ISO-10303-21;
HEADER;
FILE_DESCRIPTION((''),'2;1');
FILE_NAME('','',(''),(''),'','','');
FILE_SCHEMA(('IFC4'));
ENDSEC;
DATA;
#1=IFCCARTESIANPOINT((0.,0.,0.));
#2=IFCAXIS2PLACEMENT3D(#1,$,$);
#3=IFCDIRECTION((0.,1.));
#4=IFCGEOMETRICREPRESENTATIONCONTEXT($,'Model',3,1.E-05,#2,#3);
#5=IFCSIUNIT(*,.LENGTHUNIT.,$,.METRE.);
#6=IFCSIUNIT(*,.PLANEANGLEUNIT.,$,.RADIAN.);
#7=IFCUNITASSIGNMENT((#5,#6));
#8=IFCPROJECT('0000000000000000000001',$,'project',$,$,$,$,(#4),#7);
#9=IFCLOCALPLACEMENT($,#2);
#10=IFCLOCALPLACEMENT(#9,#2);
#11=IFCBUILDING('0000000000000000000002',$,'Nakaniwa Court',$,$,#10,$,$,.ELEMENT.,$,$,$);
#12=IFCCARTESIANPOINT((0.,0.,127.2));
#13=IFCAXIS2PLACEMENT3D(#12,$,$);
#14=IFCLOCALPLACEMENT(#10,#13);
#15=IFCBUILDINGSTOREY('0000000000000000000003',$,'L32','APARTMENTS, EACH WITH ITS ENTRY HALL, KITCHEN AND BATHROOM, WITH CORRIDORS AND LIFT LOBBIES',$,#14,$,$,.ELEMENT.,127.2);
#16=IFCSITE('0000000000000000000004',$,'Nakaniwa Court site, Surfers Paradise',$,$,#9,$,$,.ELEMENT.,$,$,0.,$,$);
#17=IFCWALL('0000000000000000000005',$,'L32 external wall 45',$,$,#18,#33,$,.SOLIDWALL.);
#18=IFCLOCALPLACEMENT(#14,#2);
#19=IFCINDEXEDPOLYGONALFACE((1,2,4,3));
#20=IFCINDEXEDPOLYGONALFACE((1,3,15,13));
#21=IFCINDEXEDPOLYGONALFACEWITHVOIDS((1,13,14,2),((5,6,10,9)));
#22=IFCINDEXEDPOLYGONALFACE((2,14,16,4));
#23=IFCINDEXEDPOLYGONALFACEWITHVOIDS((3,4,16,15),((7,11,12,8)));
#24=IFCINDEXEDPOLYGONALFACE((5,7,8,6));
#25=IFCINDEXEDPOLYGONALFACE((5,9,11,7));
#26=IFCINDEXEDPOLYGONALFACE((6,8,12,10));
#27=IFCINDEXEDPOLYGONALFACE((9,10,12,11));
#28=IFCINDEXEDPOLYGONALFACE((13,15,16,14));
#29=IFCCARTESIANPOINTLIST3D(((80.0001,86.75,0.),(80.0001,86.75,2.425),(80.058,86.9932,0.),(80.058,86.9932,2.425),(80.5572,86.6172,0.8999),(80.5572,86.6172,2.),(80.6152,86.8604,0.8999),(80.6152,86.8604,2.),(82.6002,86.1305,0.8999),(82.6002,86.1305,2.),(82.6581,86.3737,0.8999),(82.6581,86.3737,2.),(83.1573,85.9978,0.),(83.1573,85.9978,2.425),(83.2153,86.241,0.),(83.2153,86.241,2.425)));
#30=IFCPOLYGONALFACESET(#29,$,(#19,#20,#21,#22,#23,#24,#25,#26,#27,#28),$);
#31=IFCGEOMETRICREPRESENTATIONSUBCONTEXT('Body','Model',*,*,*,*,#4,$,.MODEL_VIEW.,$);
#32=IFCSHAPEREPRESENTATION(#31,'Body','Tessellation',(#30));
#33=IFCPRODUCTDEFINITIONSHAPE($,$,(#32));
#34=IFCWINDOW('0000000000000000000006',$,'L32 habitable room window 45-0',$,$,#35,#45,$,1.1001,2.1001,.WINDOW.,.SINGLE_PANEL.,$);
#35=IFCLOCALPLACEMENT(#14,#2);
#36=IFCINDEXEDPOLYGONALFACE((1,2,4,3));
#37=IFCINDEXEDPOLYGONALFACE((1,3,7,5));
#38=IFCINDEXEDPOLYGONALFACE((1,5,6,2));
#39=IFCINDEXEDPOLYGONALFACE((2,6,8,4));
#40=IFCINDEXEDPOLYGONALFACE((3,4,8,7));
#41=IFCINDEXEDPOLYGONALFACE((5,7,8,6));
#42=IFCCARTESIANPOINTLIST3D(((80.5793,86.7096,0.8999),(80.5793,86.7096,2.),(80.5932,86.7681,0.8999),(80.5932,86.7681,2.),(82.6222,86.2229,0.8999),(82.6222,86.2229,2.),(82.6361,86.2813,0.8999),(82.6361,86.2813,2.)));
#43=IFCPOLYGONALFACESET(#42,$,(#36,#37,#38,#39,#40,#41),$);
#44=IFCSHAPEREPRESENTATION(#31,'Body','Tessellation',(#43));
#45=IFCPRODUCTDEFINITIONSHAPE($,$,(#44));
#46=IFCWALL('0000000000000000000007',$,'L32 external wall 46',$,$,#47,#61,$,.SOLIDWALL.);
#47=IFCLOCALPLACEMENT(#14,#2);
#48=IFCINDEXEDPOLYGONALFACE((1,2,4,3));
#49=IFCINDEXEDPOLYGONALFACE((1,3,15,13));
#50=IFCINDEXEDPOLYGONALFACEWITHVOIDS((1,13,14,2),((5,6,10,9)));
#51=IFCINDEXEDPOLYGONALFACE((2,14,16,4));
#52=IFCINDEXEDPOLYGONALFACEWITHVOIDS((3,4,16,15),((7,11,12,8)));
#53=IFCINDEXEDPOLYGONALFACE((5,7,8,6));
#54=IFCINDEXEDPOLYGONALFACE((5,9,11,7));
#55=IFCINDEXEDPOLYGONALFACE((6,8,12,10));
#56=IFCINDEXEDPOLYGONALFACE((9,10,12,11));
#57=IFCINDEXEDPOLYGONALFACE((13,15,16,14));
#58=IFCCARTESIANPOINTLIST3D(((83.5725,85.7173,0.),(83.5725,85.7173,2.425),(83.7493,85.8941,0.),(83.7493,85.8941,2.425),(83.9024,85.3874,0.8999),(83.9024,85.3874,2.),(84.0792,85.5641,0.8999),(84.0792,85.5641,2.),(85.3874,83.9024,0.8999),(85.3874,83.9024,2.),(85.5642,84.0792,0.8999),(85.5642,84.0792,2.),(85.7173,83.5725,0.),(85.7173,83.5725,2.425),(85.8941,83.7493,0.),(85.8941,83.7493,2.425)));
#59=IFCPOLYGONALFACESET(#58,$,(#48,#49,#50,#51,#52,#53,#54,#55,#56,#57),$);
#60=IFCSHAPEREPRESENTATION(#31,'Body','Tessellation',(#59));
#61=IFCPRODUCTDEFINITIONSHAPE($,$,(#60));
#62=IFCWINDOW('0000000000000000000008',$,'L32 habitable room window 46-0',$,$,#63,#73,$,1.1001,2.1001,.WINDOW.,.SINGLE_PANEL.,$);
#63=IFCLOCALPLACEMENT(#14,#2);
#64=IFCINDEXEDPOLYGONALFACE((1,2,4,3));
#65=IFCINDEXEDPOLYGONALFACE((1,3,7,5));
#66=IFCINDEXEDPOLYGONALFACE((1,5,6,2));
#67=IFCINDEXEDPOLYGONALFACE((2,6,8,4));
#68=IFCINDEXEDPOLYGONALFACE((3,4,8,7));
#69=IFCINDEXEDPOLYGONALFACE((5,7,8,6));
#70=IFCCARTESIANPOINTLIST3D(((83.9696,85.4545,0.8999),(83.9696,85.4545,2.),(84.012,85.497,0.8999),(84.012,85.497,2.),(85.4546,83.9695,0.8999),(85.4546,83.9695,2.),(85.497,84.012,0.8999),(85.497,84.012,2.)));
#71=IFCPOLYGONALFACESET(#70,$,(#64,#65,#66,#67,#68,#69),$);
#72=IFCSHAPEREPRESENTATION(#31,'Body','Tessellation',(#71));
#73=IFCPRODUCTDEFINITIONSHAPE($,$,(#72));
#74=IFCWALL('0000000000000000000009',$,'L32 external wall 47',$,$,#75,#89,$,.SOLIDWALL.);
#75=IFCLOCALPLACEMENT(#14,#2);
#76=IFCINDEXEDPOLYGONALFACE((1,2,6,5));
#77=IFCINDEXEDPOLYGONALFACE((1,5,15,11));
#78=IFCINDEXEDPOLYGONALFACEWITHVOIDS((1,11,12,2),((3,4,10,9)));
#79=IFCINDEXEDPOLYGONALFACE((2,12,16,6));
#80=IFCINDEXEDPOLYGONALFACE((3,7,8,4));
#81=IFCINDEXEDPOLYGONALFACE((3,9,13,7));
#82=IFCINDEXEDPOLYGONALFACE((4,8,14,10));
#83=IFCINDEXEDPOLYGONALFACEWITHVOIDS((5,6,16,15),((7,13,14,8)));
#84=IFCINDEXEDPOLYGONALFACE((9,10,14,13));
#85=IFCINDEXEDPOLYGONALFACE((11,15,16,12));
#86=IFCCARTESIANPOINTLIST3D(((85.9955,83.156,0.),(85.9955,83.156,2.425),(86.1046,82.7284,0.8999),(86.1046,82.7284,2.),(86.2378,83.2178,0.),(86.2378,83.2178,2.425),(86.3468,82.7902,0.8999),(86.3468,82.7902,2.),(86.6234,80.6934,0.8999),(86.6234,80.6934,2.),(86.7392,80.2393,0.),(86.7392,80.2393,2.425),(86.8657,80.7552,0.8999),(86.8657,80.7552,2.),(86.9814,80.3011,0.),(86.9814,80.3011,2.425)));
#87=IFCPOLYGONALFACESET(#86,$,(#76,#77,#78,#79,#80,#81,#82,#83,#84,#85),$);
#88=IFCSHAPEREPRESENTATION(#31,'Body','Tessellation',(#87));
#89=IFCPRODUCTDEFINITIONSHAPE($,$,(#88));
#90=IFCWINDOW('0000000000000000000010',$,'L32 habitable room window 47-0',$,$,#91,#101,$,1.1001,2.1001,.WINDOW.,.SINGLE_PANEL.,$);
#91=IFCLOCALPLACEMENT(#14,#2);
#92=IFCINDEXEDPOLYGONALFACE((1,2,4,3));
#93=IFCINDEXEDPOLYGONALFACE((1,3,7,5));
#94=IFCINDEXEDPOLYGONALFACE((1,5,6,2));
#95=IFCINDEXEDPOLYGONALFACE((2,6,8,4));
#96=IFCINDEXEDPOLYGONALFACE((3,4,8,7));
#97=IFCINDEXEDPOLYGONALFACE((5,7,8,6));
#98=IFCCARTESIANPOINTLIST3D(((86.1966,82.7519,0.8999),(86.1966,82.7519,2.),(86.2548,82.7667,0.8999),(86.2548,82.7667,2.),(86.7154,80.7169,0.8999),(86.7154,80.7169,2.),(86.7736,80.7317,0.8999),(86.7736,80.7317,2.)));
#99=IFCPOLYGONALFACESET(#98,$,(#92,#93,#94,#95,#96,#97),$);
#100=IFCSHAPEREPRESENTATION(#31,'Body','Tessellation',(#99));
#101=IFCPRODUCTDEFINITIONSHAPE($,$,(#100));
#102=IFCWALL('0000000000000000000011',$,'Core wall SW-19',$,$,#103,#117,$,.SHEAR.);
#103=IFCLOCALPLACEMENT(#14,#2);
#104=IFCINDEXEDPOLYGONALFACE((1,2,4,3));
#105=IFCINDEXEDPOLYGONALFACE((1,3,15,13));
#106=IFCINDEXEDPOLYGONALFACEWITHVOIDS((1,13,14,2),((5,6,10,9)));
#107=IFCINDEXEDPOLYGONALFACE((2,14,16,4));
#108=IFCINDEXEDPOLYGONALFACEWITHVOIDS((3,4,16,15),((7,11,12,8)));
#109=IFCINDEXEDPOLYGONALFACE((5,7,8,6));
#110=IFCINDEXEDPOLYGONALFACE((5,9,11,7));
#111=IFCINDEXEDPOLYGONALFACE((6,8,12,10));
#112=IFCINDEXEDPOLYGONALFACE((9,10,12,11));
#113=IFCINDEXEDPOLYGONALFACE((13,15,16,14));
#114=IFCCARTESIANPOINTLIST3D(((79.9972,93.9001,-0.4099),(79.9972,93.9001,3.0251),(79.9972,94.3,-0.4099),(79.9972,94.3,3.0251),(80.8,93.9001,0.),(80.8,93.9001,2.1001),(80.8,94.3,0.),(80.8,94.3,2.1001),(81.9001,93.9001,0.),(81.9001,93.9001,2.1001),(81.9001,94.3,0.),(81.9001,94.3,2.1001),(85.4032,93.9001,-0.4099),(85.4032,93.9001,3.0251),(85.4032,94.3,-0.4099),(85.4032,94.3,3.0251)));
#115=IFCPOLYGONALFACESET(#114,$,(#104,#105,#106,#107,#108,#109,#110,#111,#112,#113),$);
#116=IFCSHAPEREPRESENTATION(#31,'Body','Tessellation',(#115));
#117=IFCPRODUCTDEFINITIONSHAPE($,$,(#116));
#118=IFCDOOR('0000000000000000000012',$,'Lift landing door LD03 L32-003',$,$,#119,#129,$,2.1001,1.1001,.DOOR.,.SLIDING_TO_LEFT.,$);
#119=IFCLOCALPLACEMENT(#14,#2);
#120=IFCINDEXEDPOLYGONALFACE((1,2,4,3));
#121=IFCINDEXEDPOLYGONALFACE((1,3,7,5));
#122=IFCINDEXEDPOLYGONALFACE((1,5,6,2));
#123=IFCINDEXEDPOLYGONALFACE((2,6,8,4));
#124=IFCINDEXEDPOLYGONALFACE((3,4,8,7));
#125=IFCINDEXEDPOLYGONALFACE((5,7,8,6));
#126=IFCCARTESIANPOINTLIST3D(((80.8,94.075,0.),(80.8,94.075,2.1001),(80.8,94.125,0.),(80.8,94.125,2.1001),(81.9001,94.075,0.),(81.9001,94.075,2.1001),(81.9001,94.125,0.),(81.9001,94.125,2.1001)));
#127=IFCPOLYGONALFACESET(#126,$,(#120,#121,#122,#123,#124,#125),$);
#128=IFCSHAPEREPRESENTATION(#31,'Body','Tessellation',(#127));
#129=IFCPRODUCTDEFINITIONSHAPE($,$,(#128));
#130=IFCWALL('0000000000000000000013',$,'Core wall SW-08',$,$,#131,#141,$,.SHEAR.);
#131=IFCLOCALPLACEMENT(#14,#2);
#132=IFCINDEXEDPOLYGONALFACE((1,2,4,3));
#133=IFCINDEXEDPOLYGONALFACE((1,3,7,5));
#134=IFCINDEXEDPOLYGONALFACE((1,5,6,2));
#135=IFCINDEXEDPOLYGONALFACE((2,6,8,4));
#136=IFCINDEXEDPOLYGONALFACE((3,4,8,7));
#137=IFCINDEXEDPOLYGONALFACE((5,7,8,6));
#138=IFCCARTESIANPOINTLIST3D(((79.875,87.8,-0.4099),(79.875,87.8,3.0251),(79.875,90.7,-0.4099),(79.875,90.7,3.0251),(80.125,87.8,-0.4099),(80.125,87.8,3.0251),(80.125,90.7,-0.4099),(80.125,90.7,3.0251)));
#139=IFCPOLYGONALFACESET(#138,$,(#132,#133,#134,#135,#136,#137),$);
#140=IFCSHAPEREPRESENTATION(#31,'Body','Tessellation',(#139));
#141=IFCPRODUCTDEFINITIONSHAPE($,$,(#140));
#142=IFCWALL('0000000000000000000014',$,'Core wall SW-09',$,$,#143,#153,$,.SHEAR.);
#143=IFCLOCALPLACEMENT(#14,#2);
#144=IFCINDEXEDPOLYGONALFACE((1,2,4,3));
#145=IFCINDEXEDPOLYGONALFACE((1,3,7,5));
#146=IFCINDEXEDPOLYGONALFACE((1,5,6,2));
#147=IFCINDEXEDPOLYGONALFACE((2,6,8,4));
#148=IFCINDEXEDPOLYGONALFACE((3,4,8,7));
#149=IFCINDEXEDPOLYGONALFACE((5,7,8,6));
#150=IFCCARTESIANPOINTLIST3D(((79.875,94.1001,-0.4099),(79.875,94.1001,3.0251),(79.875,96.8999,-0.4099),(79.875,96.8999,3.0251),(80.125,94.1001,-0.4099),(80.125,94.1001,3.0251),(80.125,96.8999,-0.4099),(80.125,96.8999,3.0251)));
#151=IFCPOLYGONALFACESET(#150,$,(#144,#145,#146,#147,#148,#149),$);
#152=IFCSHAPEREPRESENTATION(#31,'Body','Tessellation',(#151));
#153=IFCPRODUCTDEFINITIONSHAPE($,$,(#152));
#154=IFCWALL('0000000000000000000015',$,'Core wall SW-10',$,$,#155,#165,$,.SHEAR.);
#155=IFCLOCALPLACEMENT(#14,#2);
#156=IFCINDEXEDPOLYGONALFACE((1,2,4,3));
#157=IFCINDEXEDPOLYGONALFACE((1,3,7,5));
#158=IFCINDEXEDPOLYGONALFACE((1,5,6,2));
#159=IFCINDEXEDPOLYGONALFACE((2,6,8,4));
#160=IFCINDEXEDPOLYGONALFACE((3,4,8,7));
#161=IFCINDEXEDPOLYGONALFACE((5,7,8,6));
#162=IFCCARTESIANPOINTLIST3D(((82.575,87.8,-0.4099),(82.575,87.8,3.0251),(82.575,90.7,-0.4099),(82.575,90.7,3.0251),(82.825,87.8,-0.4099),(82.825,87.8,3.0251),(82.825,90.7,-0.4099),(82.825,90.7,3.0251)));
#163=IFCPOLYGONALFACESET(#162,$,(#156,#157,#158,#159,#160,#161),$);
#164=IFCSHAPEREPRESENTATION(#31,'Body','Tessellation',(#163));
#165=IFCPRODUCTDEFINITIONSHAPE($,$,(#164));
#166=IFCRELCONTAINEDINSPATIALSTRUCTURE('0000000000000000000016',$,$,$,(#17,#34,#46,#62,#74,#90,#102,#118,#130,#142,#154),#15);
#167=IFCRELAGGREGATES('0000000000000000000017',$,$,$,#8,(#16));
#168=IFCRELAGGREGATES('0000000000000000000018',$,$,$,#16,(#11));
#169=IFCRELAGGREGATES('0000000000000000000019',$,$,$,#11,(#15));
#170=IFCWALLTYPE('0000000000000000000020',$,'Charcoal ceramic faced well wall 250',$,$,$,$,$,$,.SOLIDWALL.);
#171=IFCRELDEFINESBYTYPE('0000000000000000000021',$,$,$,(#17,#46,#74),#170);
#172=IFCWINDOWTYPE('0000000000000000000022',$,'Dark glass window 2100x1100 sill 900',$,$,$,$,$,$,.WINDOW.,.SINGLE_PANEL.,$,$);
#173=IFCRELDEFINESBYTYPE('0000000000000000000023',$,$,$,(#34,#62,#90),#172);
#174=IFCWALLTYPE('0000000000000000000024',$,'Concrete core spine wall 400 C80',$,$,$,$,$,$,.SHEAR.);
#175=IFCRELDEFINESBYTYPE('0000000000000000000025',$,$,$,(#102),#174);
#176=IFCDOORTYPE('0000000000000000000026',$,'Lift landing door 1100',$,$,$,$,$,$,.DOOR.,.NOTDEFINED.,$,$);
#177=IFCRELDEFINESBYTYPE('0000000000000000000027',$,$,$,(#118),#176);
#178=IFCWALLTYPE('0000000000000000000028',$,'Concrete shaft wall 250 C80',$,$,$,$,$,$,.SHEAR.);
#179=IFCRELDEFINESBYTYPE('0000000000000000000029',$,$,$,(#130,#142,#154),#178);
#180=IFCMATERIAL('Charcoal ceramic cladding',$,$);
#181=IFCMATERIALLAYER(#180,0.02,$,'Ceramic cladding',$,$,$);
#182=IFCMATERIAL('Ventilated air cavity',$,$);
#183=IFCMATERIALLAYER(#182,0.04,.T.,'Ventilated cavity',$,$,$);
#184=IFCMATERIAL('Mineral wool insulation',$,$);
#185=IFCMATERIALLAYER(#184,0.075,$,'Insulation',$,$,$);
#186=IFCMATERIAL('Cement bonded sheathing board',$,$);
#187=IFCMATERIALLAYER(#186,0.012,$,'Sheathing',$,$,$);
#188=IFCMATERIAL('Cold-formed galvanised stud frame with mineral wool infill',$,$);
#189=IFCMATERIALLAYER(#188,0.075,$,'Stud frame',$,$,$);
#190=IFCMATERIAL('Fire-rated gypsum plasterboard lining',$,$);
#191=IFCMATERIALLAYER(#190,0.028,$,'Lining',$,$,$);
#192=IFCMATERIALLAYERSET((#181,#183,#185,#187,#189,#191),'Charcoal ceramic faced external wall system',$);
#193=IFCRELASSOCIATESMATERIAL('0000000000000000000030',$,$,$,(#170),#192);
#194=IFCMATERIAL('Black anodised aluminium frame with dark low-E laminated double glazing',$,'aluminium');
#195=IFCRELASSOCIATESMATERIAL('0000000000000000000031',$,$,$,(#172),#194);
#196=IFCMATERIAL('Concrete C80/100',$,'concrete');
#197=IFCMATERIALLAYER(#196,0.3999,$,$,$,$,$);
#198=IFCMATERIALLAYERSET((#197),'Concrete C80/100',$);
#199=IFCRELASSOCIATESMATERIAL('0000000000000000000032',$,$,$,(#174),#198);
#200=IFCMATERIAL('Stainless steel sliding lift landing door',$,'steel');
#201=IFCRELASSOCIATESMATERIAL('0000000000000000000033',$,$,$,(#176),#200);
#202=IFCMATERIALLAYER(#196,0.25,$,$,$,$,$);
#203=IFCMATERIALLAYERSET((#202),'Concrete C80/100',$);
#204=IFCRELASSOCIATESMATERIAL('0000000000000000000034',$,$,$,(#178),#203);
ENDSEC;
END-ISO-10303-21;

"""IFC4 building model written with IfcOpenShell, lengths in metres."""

from ifc_helpers import new_model, si_unit, direction, frame, frame_2d, origin, place, context, subcontext, project, spatial, rectangle, extrude, material, layer, layer_set, type_object, element, fill, save


model = new_model("IFC4")

# Units and contexts
model_context = context("Model", 3, precision=1e-05, world=origin(), true_north=direction((0.0, 1.0)))
body_context = subcontext(model_context, "Body", "Model", "MODEL_VIEW")
ifc_project = project(units=[si_unit("LENGTHUNIT", "METRE"), si_unit("PLANEANGLEUNIT", "RADIAN")], contexts=[model_context])

# Site, building, storey
site_placement = place(None, origin())
site = spatial("IfcSite", under=ifc_project, at=site_placement, Name="Nakaniwa Court site, Surfers Paradise", CompositionType="ELEMENT", RefElevation=0.0)
building_placement = place(site_placement, origin())
building = spatial("IfcBuilding", under=site, at=building_placement, Name="Nakaniwa Court", CompositionType="ELEMENT")
storey_placement = place(building_placement, frame((0.0, 0.0, 127.2)))
storey = spatial("IfcBuildingStorey", under=building, at=storey_placement, Name="L32", Description="APARTMENTS, EACH WITH ITS ENTRY HALL, KITCHEN AND BATHROOM, WITH CORRIDORS AND LIFT LOBBIES", CompositionType="ELEMENT", Elevation=127.2)

# Shared definitions
ifc_material_1 = material(Name="Concrete C80/100", Category="concrete")

# Walls, openings, windows
ifc_material_2 = material(Name="Charcoal ceramic cladding")
ifc_layer_1 = layer(ifc_material_2, 0.02, Name="Ceramic cladding")
ifc_material_3 = material(Name="Ventilated air cavity")
ifc_layer_2 = layer(ifc_material_3, 0.04, ventilated=True, Name="Ventilated cavity")
ifc_material_4 = material(Name="Mineral wool insulation")
ifc_layer_3 = layer(ifc_material_4, 0.075, Name="Insulation")
ifc_material_5 = material(Name="Cement bonded sheathing board")
ifc_layer_4 = layer(ifc_material_5, 0.012, Name="Sheathing")
ifc_material_6 = material(Name="Cold-formed galvanised stud frame with mineral wool infill")
ifc_layer_5 = layer(ifc_material_6, 0.075, Name="Stud frame")
ifc_material_7 = material(Name="Fire-rated gypsum plasterboard lining")
ifc_layer_6 = layer(ifc_material_7, 0.028, Name="Lining")
ifc_layer_set_1 = layer_set([ifc_layer_1, ifc_layer_2, ifc_layer_3, ifc_layer_4, ifc_layer_5, ifc_layer_6], Name="Charcoal ceramic faced external wall system")
wall_type_1 = type_object("IfcWallType", Name="Charcoal ceramic faced well wall 250", PredefinedType="SOLIDWALL", material=ifc_layer_set_1)
wall_1_placement = place(storey_placement, frame((80.0291, 86.8716, 0.0), z_axis=(0.0, 0.0, 1.0), x_axis=(0.972773, -0.23176, 0.0)))
wall_1 = element("IfcWall", 1, at=wall_1_placement, inside=storey, type_object=wall_type_1, Name="L32 external wall 45", PredefinedType="SOLIDWALL", context=body_context, shape_type="SweptSolid", body=[
    extrude(rectangle(XDim=3.2456, YDim=0.25, at=frame_2d((1.6228, 0.0))), origin(), (0.0, 0.0, 1.0), 2.425),
])
opening_1_placement = place(wall_1_placement, frame((0.5728, 0.0, 0.8999)))
opening_1 = element("IfcOpeningElement", 2, at=opening_1_placement, cuts=wall_1, PredefinedType="OPENING", context=body_context, shape_type="SweptSolid", body=[
    extrude(rectangle(XDim=2.1001, YDim=1.1001, at=frame_2d((1.05, 0.55))), frame((0.0, 0.135, 0.0), z_axis=(0.0, -1.0, 0.0), x_axis=(1.0, 0.0, 0.0)), (0.0, 0.0, 1.0), 0.27),
])
ifc_material_8 = material(Name="Black anodised aluminium frame with dark low-E laminated double glazing", Category="aluminium")
window_type = type_object("IfcWindowType", Name="Dark glass window 2100x1100 sill 900", PartitioningType="SINGLE_PANEL", PredefinedType="WINDOW", material=ifc_material_8)
window_1_placement = place(opening_1_placement, origin())
window_1 = element("IfcWindow", 3, at=window_1_placement, inside=storey, type_object=window_type, Name="L32 habitable room window 45-0", OverallHeight=1.1001, OverallWidth=2.1001, PartitioningType="SINGLE_PANEL", PredefinedType="WINDOW", context=body_context, shape_type="SweptSolid", body=[
    extrude(rectangle(XDim=2.1001, YDim=1.1001, at=frame_2d((1.05, 0.55))), frame((0.0, 0.03, 0.0), z_axis=(0.0, -1.0, 0.0), x_axis=(1.0, 0.0, 0.0)), (0.0, 0.0, 1.0), 0.0601),
])
fill(opening_1, window_1)
wall_2_placement = place(storey_placement, frame((83.6609, 85.8057, 0.0), z_axis=(0.0, 0.0, 1.0), x_axis=(0.707107, -0.707107, 0.0)))
wall_2 = element("IfcWall", 4, at=wall_2_placement, inside=storey, type_object=wall_type_1, Name="L32 external wall 46", PredefinedType="SOLIDWALL", context=body_context, shape_type="SweptSolid", body=[
    extrude(rectangle(XDim=3.0332, YDim=0.25, at=frame_2d((1.5166, 0.0))), origin(), (0.0, 0.0, 1.0), 2.425),
])
opening_2_placement = place(wall_2_placement, frame((0.4666, 0.0, 0.8999)))
opening_2 = element("IfcOpeningElement", 5, at=opening_2_placement, cuts=wall_2, PredefinedType="OPENING", context=body_context, shape_type="SweptSolid", body=[
    extrude(rectangle(XDim=2.1001, YDim=1.1001, at=frame_2d((1.05, 0.55))), frame((0.0, 0.135, 0.0), z_axis=(0.0, -1.0, 0.0), x_axis=(1.0, 0.0, 0.0)), (0.0, 0.0, 1.0), 0.27),
])
window_2_placement = place(opening_2_placement, origin())
window_2 = element("IfcWindow", 6, at=window_2_placement, inside=storey, type_object=window_type, Name="L32 habitable room window 46-0", OverallHeight=1.1001, OverallWidth=2.1001, PartitioningType="SINGLE_PANEL", PredefinedType="WINDOW", context=body_context, shape_type="SweptSolid", body=[
    extrude(rectangle(XDim=2.1001, YDim=1.1001, at=frame_2d((1.05, 0.55))), frame((0.0, 0.03, 0.0), z_axis=(0.0, -1.0, 0.0), x_axis=(1.0, 0.0, 0.0)), (0.0, 0.0, 1.0), 0.0601),
])
fill(opening_2, window_2)
wall_3_placement = place(storey_placement, frame((86.1167, 83.1868, 0.0), z_axis=(0.0, 0.0, 1.0), x_axis=(0.247056, -0.969001, 0.0)))
wall_3 = element("IfcWall", 7, at=wall_3_placement, inside=storey, type_object=wall_type_1, Name="L32 external wall 47", PredefinedType="SOLIDWALL", context=body_context, shape_type="SweptSolid", body=[
    extrude(rectangle(XDim=3.01, YDim=0.25, at=frame_2d((1.5049, 0.0))), origin(), (0.0, 0.0, 1.0), 2.425),
])
opening_3_placement = place(wall_3_placement, frame((0.4412, 0.0, 0.8999)))
opening_3 = element("IfcOpeningElement", 8, at=opening_3_placement, cuts=wall_3, PredefinedType="OPENING", context=body_context, shape_type="SweptSolid", body=[
    extrude(rectangle(XDim=2.1001, YDim=1.1001, at=frame_2d((1.05, 0.55))), frame((0.0, 0.135, 0.0), z_axis=(0.0, -1.0, 0.0), x_axis=(1.0, 0.0, 0.0)), (0.0, 0.0, 1.0), 0.27),
])
window_3_placement = place(opening_3_placement, origin())
window_3 = element("IfcWindow", 9, at=window_3_placement, inside=storey, type_object=window_type, Name="L32 habitable room window 47-0", OverallHeight=1.1001, OverallWidth=2.1001, PartitioningType="SINGLE_PANEL", PredefinedType="WINDOW", context=body_context, shape_type="SweptSolid", body=[
    extrude(rectangle(XDim=2.1001, YDim=1.1001, at=frame_2d((1.05, 0.55))), frame((0.0, 0.03, 0.0), z_axis=(0.0, -1.0, 0.0), x_axis=(1.0, 0.0, 0.0)), (0.0, 0.0, 1.0), 0.0601),
])
fill(opening_3, window_3)

# Wall, opening, door
ifc_layer_7 = layer(ifc_material_1, 0.3999)
ifc_layer_set_2 = layer_set([ifc_layer_7], Name="Concrete C80/100")
wall_type_2 = type_object("IfcWallType", Name="Concrete core spine wall 400 C80", PredefinedType="SHEAR", material=ifc_layer_set_2)
wall_4_placement = place(storey_placement, frame((79.9971, 94.1001, -0.4099), z_axis=(0.0, 0.0, 1.0), x_axis=(1.0, 0.0, 0.0)))
wall_4 = element("IfcWall", 10, at=wall_4_placement, inside=storey, type_object=wall_type_2, Name="Core wall SW-19", PredefinedType="SHEAR", context=body_context, shape_type="SweptSolid", body=[
    extrude(rectangle(XDim=5.406, YDim=0.3999, at=frame_2d((2.7031, 0.0))), origin(), (0.0, 0.0, 1.0), 3.4351),
])
opening_4_placement = place(wall_4_placement, frame((0.803, 0.0, 0.4099)))
opening_4 = element("IfcOpeningElement", 11, at=opening_4_placement, cuts=wall_4, PredefinedType="OPENING", context=body_context, shape_type="SweptSolid", body=[
    extrude(rectangle(XDim=1.1001, YDim=2.1001, at=frame_2d((0.55, 1.05))), frame((0.0, 0.21, 0.0), z_axis=(0.0, -1.0, 0.0), x_axis=(1.0, 0.0, 0.0)), (0.0, 0.0, 1.0), 0.4199),
])
ifc_material_9 = material(Name="Stainless steel sliding lift landing door", Category="steel")
door_type = type_object("IfcDoorType", Name="Lift landing door 1100", OperationType="NOTDEFINED", PredefinedType="DOOR", material=ifc_material_9)
door_placement = place(opening_4_placement, origin())
door = element("IfcDoor", 12, at=door_placement, inside=storey, type_object=door_type, Name="Lift landing door LD03 L32-003", OperationType="SLIDING_TO_LEFT", OverallHeight=2.1001, OverallWidth=1.1001, PredefinedType="DOOR", context=body_context, shape_type="SweptSolid", body=[
    extrude(rectangle(XDim=1.1001, YDim=2.1001, at=frame_2d((0.55, 1.05))), frame((0.0, 0.0249, 0.0), z_axis=(0.0, -1.0, 0.0), x_axis=(1.0, 0.0, 0.0)), (0.0, 0.0, 1.0), 0.05),
])
fill(opening_4, door)

# Walls
ifc_layer_8 = layer(ifc_material_1, 0.25)
ifc_layer_set_3 = layer_set([ifc_layer_8], Name="Concrete C80/100")
wall_type_3 = type_object("IfcWallType", Name="Concrete shaft wall 250 C80", PredefinedType="SHEAR", material=ifc_layer_set_3)
wall_5_placement = place(storey_placement, frame((80.0, 87.8, -0.4099), z_axis=(0.0, 0.0, 1.0), x_axis=(0.0, 1.0, 0.0)))
element("IfcWall", 13, at=wall_5_placement, inside=storey, type_object=wall_type_3, Name="Core wall SW-08", PredefinedType="SHEAR", context=body_context, shape_type="SweptSolid", body=[
    extrude(rectangle(XDim=2.8999, YDim=0.25, at=frame_2d((1.45, 0.0))), origin(), (0.0, 0.0, 1.0), 3.4351),
])
wall_6_placement = place(storey_placement, frame((80.0, 94.1001, -0.4099), z_axis=(0.0, 0.0, 1.0), x_axis=(0.0, 1.0, 0.0)))
element("IfcWall", 14, at=wall_6_placement, inside=storey, type_object=wall_type_3, Name="Core wall SW-09", PredefinedType="SHEAR", context=body_context, shape_type="SweptSolid", body=[
    extrude(rectangle(XDim=2.7998, YDim=0.25, at=frame_2d((1.3999, 0.0))), origin(), (0.0, 0.0, 1.0), 3.4351),
])
for number, where, z_axis, x_axis, name in (
    (15, (82.7, 87.8, -0.4099), (0.0, 0.0, 1.0), (0.0, 1.0, 0.0), "Core wall SW-10"),
):
    element("IfcWall", number, at=place(storey_placement, frame(where, z_axis=z_axis, x_axis=x_axis)), inside=storey, type_object=wall_type_3, Name=name, PredefinedType="SHEAR", context=body_context, shape_type="SweptSolid", body=[
        extrude(rectangle(XDim=2.8999, YDim=0.25, at=frame_2d((1.45, 0.0))), origin(), (0.0, 0.0, 1.0), 3.4351),
    ])

save(model, "model.ifc")
